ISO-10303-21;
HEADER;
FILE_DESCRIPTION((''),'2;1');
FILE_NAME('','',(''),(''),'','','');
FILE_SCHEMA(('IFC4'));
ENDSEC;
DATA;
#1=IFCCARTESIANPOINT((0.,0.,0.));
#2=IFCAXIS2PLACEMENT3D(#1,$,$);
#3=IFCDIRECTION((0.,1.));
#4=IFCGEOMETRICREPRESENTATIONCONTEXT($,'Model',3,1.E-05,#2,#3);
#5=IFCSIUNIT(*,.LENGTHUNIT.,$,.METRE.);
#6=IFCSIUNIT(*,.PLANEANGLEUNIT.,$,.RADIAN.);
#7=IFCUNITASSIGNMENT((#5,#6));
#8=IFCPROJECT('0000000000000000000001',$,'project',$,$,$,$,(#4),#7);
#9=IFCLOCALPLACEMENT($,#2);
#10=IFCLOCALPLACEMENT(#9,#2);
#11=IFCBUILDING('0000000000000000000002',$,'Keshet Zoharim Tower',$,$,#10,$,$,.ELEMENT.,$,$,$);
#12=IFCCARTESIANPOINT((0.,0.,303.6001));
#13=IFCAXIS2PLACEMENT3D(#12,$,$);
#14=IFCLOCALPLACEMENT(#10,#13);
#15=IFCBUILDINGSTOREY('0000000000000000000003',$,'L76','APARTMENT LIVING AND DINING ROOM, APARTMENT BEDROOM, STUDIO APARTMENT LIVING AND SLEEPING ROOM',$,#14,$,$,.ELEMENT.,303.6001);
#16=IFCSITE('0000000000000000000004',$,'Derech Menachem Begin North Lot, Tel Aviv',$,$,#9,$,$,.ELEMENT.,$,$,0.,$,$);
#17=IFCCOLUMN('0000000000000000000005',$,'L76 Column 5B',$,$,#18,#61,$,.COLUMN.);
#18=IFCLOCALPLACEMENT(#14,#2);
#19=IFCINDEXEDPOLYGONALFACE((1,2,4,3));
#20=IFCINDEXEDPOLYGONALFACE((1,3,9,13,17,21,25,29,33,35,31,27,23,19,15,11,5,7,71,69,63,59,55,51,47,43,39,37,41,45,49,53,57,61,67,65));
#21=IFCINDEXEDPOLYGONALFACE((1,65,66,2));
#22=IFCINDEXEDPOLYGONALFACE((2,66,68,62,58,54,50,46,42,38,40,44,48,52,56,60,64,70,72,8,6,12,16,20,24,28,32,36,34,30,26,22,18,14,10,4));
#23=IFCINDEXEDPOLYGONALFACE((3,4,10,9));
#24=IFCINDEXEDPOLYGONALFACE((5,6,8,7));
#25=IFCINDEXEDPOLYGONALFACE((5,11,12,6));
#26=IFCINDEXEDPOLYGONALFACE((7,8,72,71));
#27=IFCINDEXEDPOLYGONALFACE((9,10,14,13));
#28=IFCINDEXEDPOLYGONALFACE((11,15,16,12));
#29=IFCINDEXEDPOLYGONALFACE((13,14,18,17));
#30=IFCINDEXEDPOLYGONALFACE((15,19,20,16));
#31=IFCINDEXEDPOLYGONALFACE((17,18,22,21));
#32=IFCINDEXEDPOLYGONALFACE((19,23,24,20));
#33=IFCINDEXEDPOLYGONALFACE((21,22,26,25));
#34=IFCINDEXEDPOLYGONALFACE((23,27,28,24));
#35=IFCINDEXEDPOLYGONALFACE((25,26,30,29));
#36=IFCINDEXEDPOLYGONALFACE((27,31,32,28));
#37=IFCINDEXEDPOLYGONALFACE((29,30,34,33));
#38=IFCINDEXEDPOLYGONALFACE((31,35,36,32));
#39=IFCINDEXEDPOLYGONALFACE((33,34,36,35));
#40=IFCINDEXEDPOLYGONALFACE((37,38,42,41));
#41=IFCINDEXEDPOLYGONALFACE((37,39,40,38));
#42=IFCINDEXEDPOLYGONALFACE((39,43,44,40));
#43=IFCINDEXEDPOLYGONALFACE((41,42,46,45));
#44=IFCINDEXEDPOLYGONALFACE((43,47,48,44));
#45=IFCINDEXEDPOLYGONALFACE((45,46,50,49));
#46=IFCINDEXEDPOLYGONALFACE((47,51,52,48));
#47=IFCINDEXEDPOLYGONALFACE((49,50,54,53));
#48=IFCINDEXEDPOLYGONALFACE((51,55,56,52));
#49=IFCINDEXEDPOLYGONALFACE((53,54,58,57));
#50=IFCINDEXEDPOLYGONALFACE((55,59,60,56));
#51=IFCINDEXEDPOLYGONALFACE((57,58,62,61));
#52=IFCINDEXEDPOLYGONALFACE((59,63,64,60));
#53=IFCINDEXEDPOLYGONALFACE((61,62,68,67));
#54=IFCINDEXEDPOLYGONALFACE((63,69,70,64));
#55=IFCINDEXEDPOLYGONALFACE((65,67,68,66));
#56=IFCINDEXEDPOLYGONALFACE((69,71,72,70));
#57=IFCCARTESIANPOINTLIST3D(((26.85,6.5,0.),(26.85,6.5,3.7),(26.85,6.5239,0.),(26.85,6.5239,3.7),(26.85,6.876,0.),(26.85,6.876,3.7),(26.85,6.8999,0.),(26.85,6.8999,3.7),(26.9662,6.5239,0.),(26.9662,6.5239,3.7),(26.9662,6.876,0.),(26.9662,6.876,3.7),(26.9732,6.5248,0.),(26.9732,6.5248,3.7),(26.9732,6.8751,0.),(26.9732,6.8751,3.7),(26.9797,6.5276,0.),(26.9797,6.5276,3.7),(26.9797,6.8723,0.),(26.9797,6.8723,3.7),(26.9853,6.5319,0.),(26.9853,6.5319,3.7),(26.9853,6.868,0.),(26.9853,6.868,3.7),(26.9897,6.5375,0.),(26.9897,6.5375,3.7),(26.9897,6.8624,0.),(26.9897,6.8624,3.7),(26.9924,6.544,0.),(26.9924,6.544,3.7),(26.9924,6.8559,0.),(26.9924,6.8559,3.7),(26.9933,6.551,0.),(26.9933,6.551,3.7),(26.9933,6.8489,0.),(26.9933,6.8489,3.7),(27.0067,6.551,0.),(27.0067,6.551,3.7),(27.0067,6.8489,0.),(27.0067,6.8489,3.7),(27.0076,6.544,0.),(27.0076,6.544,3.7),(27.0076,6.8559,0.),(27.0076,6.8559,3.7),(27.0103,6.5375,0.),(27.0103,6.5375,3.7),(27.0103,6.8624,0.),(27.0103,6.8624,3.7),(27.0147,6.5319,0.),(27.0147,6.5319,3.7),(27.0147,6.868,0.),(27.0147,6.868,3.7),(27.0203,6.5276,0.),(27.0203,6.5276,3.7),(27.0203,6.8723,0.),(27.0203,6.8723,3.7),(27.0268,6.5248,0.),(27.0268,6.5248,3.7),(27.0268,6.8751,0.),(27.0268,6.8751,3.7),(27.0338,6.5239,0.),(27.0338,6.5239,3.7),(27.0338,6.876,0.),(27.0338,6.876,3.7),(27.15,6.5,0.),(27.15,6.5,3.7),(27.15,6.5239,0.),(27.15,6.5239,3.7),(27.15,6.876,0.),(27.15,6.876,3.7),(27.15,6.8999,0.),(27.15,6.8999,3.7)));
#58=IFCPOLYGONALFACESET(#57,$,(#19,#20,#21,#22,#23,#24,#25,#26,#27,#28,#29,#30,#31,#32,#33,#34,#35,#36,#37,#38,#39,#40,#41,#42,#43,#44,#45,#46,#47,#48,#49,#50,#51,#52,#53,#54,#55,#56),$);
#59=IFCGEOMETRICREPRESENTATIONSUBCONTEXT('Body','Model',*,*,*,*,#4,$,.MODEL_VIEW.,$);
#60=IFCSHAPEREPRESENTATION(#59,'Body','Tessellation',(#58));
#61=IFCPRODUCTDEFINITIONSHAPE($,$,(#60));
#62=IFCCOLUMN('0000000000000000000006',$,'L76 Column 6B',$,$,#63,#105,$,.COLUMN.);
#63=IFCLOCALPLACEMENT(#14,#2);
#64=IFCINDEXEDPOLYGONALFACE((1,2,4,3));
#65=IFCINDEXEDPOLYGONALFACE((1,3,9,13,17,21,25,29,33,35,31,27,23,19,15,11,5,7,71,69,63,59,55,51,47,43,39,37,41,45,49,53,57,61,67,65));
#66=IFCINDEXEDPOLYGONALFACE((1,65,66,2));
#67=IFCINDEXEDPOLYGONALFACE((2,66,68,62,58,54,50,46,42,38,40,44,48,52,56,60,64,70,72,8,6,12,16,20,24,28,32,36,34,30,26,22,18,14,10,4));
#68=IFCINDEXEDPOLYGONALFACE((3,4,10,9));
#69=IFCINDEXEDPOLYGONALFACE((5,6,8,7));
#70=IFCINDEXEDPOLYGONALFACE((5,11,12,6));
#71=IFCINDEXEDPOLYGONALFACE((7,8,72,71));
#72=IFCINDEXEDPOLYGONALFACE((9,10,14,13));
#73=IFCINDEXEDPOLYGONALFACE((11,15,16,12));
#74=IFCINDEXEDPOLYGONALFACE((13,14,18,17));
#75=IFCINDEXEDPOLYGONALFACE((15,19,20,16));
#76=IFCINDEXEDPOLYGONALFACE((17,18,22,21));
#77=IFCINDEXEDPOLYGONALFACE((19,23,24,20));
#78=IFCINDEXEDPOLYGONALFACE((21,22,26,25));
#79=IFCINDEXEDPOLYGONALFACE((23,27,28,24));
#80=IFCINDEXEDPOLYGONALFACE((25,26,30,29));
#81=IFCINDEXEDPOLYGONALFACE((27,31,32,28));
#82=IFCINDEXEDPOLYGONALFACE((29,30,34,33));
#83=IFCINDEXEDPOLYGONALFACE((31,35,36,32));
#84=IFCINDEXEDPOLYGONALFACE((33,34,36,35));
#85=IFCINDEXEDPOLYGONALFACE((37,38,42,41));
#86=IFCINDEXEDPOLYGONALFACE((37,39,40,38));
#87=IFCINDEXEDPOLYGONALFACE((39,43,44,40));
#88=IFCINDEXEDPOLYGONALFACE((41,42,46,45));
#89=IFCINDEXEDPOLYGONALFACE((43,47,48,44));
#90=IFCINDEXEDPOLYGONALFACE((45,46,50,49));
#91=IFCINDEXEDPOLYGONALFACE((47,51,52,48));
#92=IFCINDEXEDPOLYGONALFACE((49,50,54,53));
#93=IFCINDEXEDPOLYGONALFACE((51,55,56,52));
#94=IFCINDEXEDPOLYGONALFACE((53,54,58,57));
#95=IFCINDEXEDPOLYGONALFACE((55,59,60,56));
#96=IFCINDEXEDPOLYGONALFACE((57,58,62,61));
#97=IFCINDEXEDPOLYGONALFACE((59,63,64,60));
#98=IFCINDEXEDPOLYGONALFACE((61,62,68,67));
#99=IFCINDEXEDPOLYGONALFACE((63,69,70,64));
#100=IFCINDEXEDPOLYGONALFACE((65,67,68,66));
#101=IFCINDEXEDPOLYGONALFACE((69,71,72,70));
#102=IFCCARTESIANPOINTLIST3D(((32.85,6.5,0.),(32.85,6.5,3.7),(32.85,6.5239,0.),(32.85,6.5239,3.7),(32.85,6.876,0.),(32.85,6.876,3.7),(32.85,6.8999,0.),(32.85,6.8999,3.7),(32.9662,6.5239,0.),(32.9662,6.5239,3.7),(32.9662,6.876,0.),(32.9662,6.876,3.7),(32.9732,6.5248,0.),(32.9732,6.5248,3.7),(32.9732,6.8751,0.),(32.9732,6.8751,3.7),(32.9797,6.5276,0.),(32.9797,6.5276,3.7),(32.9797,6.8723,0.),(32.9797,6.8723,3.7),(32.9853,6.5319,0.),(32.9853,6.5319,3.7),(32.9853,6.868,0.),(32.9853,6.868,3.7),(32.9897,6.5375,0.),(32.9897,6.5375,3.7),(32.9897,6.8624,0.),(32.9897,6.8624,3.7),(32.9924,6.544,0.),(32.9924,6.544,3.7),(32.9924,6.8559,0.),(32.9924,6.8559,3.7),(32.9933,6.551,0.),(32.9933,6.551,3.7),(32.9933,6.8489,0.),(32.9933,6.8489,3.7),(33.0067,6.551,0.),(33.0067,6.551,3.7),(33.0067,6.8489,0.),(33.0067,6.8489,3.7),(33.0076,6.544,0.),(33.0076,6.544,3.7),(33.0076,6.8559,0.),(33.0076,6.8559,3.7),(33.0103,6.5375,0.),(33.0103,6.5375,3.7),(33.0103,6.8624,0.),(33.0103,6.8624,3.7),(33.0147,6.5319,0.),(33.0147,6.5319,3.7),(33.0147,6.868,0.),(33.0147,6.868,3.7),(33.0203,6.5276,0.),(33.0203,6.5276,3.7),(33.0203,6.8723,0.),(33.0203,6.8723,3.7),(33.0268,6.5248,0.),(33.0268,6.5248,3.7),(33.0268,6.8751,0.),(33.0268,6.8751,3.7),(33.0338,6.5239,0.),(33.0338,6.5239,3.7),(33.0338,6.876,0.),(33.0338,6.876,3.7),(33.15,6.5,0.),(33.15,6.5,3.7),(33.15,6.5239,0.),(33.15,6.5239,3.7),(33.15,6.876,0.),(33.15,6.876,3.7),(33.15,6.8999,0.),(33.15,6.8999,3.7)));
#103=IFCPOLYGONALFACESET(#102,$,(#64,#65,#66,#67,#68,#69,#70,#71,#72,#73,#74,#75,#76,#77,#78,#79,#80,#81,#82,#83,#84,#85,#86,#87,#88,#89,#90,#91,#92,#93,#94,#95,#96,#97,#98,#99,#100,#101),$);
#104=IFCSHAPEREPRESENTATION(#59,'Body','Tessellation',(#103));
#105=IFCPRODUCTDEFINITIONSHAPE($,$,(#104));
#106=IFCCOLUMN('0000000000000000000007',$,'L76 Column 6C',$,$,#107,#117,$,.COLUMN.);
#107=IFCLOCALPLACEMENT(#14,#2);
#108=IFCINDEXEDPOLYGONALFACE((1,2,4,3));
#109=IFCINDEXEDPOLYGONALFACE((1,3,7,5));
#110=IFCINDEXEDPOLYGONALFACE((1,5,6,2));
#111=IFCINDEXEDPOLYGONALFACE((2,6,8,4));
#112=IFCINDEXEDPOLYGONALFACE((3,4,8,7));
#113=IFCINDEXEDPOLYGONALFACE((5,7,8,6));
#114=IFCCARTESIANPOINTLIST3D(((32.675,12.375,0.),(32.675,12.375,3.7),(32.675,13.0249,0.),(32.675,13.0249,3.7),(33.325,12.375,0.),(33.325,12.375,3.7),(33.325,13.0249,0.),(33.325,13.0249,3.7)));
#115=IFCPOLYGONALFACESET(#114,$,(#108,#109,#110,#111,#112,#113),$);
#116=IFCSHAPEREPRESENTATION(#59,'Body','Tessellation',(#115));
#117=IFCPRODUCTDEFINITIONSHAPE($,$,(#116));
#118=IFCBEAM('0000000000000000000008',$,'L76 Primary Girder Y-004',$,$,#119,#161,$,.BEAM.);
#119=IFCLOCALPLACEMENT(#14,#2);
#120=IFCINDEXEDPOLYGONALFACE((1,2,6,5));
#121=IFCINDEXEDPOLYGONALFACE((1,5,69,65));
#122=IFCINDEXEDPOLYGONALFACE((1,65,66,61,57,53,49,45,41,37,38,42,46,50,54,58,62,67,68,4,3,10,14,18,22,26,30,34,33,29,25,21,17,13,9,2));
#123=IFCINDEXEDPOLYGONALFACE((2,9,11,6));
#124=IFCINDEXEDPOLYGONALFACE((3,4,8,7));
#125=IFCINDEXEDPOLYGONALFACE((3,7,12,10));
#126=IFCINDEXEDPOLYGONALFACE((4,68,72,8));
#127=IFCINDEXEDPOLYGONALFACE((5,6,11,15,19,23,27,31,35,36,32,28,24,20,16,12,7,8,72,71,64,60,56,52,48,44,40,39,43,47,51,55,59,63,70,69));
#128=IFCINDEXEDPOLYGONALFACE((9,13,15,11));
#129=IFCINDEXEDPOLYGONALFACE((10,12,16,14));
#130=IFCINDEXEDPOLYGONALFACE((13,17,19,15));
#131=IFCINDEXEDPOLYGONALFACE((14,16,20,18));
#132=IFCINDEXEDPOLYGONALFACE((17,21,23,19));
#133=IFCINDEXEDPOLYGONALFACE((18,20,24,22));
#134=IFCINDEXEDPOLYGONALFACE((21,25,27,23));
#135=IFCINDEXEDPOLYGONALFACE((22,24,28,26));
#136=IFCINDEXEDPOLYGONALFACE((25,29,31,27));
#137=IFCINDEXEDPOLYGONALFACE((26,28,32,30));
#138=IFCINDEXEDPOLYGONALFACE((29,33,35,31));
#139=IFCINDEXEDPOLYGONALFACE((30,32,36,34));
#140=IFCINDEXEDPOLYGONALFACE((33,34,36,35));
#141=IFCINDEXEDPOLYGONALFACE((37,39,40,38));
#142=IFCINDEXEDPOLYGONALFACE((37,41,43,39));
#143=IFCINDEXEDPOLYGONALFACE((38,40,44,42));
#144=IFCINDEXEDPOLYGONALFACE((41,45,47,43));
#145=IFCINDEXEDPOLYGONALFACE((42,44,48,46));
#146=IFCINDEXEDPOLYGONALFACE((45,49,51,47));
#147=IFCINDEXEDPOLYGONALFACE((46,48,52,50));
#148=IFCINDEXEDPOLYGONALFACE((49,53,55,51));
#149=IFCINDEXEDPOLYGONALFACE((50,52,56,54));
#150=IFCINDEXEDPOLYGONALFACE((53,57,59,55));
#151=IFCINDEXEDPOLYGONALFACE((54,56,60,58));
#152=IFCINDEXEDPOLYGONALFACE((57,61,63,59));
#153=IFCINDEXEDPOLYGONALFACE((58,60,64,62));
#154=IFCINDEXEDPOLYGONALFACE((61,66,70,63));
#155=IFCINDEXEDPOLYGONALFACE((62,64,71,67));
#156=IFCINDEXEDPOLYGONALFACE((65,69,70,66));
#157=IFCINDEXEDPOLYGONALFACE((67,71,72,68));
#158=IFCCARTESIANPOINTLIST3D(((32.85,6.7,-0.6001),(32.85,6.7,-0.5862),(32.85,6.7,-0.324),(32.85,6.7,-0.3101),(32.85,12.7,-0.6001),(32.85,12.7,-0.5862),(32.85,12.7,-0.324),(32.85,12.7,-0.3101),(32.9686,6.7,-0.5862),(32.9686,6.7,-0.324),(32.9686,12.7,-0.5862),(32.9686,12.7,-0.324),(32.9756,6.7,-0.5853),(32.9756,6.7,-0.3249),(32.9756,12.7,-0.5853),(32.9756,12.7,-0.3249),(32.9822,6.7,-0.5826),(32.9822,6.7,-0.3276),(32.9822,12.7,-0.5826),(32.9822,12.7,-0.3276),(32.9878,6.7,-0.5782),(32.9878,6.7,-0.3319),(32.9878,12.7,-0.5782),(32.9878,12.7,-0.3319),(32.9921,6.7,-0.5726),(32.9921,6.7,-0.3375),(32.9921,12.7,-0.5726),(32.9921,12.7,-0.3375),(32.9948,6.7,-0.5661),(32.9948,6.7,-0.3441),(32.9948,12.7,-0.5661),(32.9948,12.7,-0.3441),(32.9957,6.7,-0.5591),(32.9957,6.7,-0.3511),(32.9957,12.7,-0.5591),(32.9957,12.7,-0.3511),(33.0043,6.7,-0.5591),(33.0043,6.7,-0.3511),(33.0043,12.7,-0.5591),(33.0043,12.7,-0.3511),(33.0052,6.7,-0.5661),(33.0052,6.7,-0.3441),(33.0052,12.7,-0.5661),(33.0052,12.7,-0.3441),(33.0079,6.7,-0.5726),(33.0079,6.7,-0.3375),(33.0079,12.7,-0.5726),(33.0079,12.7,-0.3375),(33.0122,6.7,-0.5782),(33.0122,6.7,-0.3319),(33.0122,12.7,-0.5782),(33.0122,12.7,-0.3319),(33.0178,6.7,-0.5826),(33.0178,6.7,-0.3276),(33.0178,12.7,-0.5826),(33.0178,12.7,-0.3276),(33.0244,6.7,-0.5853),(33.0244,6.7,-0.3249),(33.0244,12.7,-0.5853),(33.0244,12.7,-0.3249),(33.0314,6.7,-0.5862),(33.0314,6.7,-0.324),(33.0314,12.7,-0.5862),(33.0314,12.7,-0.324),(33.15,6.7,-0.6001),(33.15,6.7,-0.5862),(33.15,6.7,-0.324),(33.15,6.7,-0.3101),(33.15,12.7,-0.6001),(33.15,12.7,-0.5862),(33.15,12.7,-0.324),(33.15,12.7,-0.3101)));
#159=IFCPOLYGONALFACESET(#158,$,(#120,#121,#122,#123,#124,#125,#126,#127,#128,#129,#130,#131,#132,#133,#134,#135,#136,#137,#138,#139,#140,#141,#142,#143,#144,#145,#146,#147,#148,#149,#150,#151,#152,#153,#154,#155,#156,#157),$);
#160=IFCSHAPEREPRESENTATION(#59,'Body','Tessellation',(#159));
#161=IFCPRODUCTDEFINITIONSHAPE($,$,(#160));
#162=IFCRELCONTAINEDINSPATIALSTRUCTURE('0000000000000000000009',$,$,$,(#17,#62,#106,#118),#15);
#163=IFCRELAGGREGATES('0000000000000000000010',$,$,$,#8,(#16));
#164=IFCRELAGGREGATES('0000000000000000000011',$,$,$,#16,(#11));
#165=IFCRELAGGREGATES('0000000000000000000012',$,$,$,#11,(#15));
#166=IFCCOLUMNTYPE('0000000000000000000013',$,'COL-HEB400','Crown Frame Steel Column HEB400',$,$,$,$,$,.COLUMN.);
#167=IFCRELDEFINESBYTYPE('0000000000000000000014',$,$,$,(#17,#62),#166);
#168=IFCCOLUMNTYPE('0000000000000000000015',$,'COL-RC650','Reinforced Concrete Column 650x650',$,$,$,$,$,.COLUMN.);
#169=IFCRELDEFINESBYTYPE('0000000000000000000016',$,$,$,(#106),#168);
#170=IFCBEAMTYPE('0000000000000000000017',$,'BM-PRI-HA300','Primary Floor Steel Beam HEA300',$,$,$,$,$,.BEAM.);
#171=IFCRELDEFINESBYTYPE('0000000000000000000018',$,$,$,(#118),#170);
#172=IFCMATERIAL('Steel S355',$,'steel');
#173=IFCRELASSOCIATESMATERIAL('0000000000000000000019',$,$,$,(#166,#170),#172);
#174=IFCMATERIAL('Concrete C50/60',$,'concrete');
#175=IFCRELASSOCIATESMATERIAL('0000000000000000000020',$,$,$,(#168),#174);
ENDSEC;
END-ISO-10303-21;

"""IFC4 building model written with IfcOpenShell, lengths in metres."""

from ifc_helpers import new_model, si_unit, direction, frame, origin, origin_2d, place, context, subcontext, project, spatial, rectangle, i_section, extrude, material, material_profile, profile_set, type_object, element, save


model = new_model("IFC4")

# Units and contexts
model_context = context("Model", 3, precision=1e-05, world=origin(), true_north=direction((0.0, 1.0)))
body_context = subcontext(model_context, "Body", "Model", "MODEL_VIEW")
ifc_project = project(units=[si_unit("LENGTHUNIT", "METRE"), si_unit("PLANEANGLEUNIT", "RADIAN")], contexts=[model_context])

# Site, building, storey
site_placement = place(None, origin())
site = spatial("IfcSite", under=ifc_project, at=site_placement, Name="Derech Menachem Begin North Lot, Tel Aviv", CompositionType="ELEMENT", RefElevation=0.0)
building_placement = place(site_placement, origin())
building = spatial("IfcBuilding", under=site, at=building_placement, Name="Keshet Zoharim Tower", CompositionType="ELEMENT")
storey_placement = place(building_placement, frame((0.0, 0.0, 303.6001)))
storey = spatial("IfcBuildingStorey", under=building, at=storey_placement, Name="L76", Description="APARTMENT LIVING AND DINING ROOM, APARTMENT BEDROOM, STUDIO APARTMENT LIVING AND SLEEPING ROOM", CompositionType="ELEMENT", Elevation=303.6001)

# Columns
ifc_material_1 = material(Name="Steel S355", Category="steel")
ifc_material_profile_1 = material_profile(ifc_material_1, i_section(OverallWidth=0.3, OverallDepth=0.3999, WebThickness=0.0134, FlangeThickness=0.0239, FilletRadius=0.0271, at=origin_2d()), Name="HEB400")
ifc_profile_set_1 = profile_set([ifc_material_profile_1], Name="Steel S355")
column_type_1 = type_object("IfcColumnType", Name="COL-HEB400", Description="Crown Frame Steel Column HEB400", PredefinedType="COLUMN", material=ifc_profile_set_1)
for number, where, z_axis, x_axis, name in (
    (1, (27.0, 6.7, 0.0), (0.0, 0.0, 1.0), (1.0, 0.0, 0.0), "L76 Column 5B"),
    (2, (33.0, 6.7, 0.0), (0.0, 0.0, 1.0), (1.0, 0.0, 0.0), "L76 Column 6B"),
):
    element("IfcColumn", number, at=place(storey_placement, frame(where, z_axis=z_axis, x_axis=x_axis)), inside=storey, type_object=column_type_1, Name=name, PredefinedType="COLUMN", context=body_context, shape_type="SweptSolid", body=[
        extrude(i_section(OverallWidth=0.3, OverallDepth=0.3999, WebThickness=0.0134, FlangeThickness=0.0239, FilletRadius=0.0271, at=origin_2d()), origin(), (0.0, 0.0, 1.0), 3.7),
    ])
ifc_material_2 = material(Name="Concrete C50/60", Category="concrete")
ifc_material_profile_2 = material_profile(ifc_material_2, rectangle(XDim=0.6499, YDim=0.6499, at=origin_2d()), Name="RC650x650")
ifc_profile_set_2 = profile_set([ifc_material_profile_2], Name="Concrete C50/60")
column_type_2 = type_object("IfcColumnType", Name="COL-RC650", Description="Reinforced Concrete Column 650x650", PredefinedType="COLUMN", material=ifc_profile_set_2)
column_placement = place(storey_placement, frame((33.0, 12.7, 0.0), z_axis=(0.0, 0.0, 1.0), x_axis=(1.0, 0.0, 0.0)))
element("IfcColumn", 3, at=column_placement, inside=storey, type_object=column_type_2, Name="L76 Column 6C", PredefinedType="COLUMN", context=body_context, shape_type="SweptSolid", body=[
    extrude(rectangle(XDim=0.6499, YDim=0.6499, at=origin_2d()), origin(), (0.0, 0.0, 1.0), 3.7),
])

# Beam
ifc_material_profile_3 = material_profile(ifc_material_1, i_section(OverallWidth=0.3, OverallDepth=0.29, WebThickness=0.0085, FlangeThickness=0.0139, FilletRadius=0.0271, at=origin_2d()), Name="HEA300")
ifc_profile_set_3 = profile_set([ifc_material_profile_3], Name="Steel S355")
beam_type_1 = type_object("IfcBeamType", Name="BM-PRI-HA300", Description="Primary Floor Steel Beam HEA300", PredefinedType="BEAM", material=ifc_profile_set_3)
beam_1_placement = place(storey_placement, frame((33.0, 6.7, -0.4551), z_axis=(0.0, 1.0, 0.0), x_axis=(-1.0, 0.0, 0.0)))
element("IfcBeam", 4, at=beam_1_placement, inside=storey, type_object=beam_type_1, Name="L76 Primary Girder Y-004", PredefinedType="BEAM", context=body_context, shape_type="SweptSolid", body=[
    extrude(i_section(OverallWidth=0.3, OverallDepth=0.29, WebThickness=0.0085, FlangeThickness=0.0139, FilletRadius=0.0271, at=origin_2d()), origin(), (0.0, 0.0, 1.0), 6.0),
])

save(model, "model.ifc")
